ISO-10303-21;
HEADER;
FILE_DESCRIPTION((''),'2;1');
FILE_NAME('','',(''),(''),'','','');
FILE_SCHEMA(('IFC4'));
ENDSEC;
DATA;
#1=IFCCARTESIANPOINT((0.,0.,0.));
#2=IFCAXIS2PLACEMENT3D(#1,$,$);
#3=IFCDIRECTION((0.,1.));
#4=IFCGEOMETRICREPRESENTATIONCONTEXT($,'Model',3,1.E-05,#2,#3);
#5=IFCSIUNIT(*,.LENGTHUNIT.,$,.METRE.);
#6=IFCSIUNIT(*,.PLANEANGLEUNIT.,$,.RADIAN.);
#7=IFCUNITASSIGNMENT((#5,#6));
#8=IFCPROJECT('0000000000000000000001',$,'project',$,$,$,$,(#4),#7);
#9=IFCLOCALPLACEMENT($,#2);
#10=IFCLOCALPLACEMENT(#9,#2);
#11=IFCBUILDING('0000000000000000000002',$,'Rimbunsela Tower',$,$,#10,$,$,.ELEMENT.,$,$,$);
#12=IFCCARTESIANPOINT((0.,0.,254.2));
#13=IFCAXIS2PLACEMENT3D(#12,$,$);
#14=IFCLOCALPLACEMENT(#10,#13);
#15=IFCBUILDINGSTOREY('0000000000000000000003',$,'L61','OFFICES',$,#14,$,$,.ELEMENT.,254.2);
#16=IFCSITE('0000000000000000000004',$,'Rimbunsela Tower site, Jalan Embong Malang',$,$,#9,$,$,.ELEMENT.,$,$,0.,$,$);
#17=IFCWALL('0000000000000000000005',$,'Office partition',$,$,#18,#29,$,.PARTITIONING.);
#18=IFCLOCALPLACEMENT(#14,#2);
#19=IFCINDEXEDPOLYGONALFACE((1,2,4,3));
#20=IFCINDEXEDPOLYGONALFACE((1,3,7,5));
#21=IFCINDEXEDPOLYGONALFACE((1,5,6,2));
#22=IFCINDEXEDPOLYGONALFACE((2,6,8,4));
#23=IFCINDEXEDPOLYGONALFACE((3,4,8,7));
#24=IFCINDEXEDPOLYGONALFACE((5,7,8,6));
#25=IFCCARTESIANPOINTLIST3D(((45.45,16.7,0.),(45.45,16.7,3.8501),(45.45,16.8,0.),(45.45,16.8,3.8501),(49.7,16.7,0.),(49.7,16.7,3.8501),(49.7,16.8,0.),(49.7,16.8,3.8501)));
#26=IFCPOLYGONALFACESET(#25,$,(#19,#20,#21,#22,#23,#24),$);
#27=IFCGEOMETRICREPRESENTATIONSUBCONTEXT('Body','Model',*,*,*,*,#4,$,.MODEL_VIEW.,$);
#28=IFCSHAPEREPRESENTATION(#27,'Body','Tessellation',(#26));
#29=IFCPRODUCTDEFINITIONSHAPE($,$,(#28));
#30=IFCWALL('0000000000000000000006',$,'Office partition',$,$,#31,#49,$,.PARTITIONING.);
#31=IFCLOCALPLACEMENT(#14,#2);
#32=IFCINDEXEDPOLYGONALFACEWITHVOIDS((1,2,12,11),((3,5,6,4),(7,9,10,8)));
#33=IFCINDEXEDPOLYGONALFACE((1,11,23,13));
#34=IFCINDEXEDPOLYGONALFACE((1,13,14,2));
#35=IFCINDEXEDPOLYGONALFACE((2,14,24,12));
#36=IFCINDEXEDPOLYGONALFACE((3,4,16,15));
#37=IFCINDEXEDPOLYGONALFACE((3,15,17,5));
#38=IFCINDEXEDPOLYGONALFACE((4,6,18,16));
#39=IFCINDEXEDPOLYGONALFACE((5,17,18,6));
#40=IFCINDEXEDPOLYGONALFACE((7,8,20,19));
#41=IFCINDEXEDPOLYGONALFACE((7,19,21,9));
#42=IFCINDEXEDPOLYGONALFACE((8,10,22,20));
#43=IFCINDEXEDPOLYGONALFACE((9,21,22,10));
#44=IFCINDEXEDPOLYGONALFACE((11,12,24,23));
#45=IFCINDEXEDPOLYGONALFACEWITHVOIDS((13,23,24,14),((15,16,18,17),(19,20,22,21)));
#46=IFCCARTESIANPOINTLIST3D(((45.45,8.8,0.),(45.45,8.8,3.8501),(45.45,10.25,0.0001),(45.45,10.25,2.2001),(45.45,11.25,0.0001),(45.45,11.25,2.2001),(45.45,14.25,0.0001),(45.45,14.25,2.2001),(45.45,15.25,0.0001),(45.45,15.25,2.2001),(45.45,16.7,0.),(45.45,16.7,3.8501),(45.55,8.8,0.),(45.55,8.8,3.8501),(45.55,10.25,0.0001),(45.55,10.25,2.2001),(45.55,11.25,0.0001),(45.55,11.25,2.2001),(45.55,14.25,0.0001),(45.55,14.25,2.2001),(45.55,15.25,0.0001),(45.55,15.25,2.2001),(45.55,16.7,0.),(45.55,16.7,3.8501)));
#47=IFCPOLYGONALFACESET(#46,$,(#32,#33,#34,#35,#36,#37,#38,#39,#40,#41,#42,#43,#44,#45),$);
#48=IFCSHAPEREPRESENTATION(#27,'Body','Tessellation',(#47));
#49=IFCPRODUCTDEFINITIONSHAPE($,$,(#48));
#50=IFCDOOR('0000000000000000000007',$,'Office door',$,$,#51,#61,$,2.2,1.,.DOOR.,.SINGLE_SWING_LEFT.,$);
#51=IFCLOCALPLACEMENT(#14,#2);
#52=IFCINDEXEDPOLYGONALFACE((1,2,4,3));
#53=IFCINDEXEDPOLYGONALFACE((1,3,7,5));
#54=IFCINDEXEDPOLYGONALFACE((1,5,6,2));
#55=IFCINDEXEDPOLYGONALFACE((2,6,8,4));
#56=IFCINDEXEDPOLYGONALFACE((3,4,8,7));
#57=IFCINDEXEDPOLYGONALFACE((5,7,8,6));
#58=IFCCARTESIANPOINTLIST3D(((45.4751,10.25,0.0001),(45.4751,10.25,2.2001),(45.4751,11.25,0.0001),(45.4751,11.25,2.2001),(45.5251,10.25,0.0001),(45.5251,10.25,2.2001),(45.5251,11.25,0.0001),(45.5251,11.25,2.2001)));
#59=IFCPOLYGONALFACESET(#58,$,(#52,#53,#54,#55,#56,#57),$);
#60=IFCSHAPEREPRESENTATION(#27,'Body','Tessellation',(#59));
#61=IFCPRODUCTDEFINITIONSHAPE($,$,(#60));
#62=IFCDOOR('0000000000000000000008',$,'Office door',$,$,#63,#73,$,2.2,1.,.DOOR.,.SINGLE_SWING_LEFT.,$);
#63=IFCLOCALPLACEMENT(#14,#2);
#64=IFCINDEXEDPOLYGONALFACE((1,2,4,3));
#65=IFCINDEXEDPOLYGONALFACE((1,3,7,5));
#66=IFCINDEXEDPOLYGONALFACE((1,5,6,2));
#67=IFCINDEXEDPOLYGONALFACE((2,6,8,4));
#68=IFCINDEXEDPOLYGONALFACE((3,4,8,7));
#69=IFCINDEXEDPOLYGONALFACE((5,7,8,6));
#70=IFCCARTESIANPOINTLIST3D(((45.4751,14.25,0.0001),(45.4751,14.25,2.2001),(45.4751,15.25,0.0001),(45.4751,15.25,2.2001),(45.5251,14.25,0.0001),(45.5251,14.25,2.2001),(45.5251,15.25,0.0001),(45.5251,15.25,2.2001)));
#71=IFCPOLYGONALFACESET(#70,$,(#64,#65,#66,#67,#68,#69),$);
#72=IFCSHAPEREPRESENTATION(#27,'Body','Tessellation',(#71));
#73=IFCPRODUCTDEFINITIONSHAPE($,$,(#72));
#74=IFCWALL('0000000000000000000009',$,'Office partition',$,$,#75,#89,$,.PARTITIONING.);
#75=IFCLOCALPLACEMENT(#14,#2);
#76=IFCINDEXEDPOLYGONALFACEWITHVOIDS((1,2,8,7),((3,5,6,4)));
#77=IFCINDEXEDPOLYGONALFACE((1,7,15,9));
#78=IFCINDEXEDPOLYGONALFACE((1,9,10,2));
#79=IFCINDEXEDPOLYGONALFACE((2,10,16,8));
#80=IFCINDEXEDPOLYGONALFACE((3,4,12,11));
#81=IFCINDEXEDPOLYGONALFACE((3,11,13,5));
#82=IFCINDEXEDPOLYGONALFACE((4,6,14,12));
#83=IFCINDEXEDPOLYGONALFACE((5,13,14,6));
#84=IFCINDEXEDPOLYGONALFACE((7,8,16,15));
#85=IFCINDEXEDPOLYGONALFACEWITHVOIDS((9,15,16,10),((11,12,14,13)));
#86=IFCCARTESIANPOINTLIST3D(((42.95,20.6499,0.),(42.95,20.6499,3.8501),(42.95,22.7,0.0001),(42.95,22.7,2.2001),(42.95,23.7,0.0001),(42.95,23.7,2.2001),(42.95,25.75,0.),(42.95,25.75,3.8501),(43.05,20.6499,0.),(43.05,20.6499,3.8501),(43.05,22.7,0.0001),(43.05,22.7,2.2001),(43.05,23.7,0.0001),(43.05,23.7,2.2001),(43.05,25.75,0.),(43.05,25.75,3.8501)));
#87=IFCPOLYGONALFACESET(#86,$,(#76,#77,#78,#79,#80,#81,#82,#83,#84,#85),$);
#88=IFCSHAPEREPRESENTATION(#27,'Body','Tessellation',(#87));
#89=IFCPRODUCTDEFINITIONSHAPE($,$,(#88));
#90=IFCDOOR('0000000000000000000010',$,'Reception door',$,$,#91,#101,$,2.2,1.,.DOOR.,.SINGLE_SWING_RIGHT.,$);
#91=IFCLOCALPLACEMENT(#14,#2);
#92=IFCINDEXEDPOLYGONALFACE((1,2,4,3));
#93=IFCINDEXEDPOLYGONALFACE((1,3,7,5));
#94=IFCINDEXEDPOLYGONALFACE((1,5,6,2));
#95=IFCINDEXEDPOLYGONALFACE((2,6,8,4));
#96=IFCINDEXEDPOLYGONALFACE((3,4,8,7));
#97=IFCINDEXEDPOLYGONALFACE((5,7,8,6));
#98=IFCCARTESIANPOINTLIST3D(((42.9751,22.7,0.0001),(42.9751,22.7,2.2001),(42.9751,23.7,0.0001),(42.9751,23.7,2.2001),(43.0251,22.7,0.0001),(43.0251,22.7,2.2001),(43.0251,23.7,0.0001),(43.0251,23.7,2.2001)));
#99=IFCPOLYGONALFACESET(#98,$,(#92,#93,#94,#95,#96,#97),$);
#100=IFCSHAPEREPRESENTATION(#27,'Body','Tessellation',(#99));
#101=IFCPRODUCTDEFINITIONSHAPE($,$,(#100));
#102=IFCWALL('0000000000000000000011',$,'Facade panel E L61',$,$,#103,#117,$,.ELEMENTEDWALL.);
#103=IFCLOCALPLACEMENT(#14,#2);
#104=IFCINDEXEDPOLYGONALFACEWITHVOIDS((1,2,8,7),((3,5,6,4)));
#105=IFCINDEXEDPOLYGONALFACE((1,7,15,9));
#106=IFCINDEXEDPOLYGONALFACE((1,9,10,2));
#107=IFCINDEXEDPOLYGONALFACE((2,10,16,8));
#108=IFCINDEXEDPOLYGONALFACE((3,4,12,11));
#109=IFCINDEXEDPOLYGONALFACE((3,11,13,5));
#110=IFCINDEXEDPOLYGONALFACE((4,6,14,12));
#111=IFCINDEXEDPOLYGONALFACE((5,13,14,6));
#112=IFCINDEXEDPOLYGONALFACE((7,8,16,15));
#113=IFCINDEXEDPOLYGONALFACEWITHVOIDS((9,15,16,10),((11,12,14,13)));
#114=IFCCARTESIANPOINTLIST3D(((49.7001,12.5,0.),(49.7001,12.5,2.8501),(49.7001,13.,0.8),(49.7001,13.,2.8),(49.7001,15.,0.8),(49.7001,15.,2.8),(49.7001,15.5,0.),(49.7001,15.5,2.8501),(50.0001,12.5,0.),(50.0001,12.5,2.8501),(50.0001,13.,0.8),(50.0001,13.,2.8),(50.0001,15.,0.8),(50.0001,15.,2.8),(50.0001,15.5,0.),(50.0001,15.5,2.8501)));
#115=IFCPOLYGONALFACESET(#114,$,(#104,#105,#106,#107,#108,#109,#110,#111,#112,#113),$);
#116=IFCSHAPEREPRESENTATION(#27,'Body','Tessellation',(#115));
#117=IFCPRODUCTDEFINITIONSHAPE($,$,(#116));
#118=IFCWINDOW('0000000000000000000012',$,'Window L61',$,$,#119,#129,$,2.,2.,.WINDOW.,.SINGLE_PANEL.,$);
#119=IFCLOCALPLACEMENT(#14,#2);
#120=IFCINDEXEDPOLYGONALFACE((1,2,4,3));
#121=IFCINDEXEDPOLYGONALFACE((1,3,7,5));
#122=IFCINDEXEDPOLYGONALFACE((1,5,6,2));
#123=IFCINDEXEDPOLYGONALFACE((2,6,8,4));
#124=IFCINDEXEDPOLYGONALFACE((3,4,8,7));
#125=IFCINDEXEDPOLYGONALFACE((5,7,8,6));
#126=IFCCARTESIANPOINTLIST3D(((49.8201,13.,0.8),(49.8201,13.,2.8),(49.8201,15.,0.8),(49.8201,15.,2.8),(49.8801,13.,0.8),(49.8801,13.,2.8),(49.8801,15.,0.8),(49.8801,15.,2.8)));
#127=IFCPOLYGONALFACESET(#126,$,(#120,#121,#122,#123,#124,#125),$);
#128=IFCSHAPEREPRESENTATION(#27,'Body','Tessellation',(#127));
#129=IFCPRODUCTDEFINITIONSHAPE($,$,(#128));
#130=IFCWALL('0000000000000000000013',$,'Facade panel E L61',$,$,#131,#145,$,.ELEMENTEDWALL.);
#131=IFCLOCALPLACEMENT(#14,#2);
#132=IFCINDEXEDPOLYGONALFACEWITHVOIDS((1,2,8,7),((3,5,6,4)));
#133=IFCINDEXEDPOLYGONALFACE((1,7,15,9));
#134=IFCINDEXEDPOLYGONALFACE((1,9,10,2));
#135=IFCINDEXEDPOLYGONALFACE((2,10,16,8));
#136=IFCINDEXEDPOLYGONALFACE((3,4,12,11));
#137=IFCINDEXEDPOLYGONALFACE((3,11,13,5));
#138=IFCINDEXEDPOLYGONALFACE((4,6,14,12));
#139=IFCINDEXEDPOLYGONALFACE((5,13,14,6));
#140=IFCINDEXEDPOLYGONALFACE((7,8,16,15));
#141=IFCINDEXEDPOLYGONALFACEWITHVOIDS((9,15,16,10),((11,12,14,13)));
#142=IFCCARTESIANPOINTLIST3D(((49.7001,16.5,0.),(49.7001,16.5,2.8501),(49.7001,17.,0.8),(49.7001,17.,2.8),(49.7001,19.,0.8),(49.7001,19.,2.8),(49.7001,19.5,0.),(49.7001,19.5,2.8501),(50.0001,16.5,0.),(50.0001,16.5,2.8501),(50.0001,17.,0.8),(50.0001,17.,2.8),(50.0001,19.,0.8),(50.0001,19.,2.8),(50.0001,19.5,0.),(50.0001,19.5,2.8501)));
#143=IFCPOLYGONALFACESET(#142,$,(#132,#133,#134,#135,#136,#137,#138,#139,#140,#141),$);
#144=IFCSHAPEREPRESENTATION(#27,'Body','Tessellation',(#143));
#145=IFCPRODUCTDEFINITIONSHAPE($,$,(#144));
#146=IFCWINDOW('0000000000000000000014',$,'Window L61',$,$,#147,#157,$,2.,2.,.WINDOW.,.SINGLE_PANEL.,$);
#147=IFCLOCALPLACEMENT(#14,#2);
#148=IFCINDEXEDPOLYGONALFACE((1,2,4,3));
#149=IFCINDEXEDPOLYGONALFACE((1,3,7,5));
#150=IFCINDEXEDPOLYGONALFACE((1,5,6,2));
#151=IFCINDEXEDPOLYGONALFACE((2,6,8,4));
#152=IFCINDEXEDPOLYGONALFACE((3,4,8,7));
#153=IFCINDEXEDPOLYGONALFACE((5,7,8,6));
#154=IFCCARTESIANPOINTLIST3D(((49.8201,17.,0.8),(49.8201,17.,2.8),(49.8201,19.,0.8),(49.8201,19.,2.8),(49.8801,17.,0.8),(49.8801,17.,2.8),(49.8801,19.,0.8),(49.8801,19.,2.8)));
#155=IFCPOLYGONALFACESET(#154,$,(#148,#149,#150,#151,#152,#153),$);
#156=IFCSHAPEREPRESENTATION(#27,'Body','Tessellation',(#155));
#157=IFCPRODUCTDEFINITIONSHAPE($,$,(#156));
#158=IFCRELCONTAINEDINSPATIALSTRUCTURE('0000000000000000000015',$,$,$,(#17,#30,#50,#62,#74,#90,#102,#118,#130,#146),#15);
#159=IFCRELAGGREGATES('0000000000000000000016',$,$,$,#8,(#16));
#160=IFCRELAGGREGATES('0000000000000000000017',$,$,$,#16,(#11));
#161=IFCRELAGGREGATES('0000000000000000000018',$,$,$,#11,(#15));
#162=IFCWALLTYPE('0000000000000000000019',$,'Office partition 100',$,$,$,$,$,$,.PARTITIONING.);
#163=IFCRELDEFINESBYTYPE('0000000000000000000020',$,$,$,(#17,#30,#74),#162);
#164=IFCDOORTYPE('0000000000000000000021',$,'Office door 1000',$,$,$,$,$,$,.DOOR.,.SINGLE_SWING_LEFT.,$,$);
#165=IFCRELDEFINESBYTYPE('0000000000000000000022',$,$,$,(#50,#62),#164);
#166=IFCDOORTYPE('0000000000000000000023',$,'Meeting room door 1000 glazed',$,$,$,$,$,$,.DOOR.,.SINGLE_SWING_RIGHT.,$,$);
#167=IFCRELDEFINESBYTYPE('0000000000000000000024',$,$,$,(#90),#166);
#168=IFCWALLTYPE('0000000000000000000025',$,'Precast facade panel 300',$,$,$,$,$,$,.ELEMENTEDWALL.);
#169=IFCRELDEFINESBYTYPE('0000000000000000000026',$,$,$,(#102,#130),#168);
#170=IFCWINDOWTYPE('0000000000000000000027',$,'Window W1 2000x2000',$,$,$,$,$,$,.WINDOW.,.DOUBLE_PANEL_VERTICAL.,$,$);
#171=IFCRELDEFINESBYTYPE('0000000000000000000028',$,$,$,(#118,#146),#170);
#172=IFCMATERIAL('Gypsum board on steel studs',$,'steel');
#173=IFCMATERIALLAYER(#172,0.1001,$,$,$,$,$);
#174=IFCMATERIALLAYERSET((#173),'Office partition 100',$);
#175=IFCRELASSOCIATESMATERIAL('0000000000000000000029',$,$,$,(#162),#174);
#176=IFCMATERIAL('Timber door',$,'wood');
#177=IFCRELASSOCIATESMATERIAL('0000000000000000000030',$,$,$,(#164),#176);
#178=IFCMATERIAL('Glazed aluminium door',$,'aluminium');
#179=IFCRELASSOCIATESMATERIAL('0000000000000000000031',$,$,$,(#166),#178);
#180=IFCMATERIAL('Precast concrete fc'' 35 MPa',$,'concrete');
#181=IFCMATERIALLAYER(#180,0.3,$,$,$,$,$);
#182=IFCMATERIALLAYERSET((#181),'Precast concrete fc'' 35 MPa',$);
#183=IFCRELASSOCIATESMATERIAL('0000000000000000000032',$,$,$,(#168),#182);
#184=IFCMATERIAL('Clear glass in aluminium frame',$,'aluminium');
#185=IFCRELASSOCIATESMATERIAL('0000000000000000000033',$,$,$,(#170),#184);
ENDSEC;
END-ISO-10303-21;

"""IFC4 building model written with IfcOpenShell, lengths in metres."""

from ifc_helpers import new_model, si_unit, direction, frame, frame_2d, origin, place, context, subcontext, project, spatial, rectangle, extrude, material, layer, layer_set, type_object, element, fill, save


model = new_model("IFC4")

# Units and contexts
model_context = context("Model", 3, precision=1e-05, world=origin(), true_north=direction((0.0, 1.0)))
body_context = subcontext(model_context, "Body", "Model", "MODEL_VIEW")
ifc_project = project(units=[si_unit("LENGTHUNIT", "METRE"), si_unit("PLANEANGLEUNIT", "RADIAN")], contexts=[model_context])

# Site, building, storey
site_placement = place(None, origin())
site = spatial("IfcSite", under=ifc_project, at=site_placement, Name="Rimbunsela Tower site, Jalan Embong Malang", CompositionType="ELEMENT", RefElevation=0.0)
building_placement = place(site_placement, origin())
building = spatial("IfcBuilding", under=site, at=building_placement, Name="Rimbunsela Tower", CompositionType="ELEMENT")
storey_placement = place(building_placement, frame((0.0, 0.0, 254.2)))
storey = spatial("IfcBuildingStorey", under=building, at=storey_placement, Name="L61", Description="OFFICES", CompositionType="ELEMENT", Elevation=254.2)

# Wall
ifc_material_1 = material(Name="Gypsum board on steel studs", Category="steel")
ifc_layer_1 = layer(ifc_material_1, 0.1001)
ifc_layer_set_1 = layer_set([ifc_layer_1], Name="Office partition 100")
wall_type_1 = type_object("IfcWallType", Name="Office partition 100", PredefinedType="PARTITIONING", material=ifc_layer_set_1)
wall_1_placement = place(storey_placement, frame((45.45, 16.75, 0.0), z_axis=(0.0, 0.0, 1.0), x_axis=(1.0, 0.0, 0.0)))
element("IfcWall", 1, at=wall_1_placement, inside=storey, type_object=wall_type_1, Name="Office partition", PredefinedType="PARTITIONING", context=body_context, shape_type="SweptSolid", body=[
    extrude(rectangle(XDim=4.25, YDim=0.1001, at=frame_2d((2.125, 0.0))), origin(), (0.0, 0.0, 1.0), 3.8501),
])

# Wall, openings, doors
wall_2_placement = place(storey_placement, frame((45.5, 8.8, 0.0), z_axis=(0.0, 0.0, 1.0), x_axis=(0.0, 1.0, 0.0)))
wall_2 = element("IfcWall", 2, at=wall_2_placement, inside=storey, type_object=wall_type_1, Name="Office partition", PredefinedType="PARTITIONING", context=body_context, shape_type="SweptSolid", body=[
    extrude(rectangle(XDim=7.8999, YDim=0.1001, at=frame_2d((3.95, 0.0))), origin(), (0.0, 0.0, 1.0), 3.8501),
])
opening_1_placement = place(wall_2_placement, frame((1.45, 0.0, 0.0)))
opening_1 = element("IfcOpeningElement", 3, at=opening_1_placement, cuts=wall_2, PredefinedType="OPENING", context=body_context, shape_type="SweptSolid", body=[
    extrude(rectangle(XDim=1.0, YDim=2.2, at=frame_2d((0.5, 1.1001))), frame((0.0, 0.0601, 0.0), z_axis=(0.0, -1.0, 0.0), x_axis=(1.0, 0.0, 0.0)), (0.0, 0.0, 1.0), 0.1201),
])
opening_2_placement = place(wall_2_placement, frame((5.45, 0.0, 0.0)))
opening_2 = element("IfcOpeningElement", 4, at=opening_2_placement, cuts=wall_2, PredefinedType="OPENING", context=body_context, shape_type="SweptSolid", body=[
    extrude(rectangle(XDim=1.0, YDim=2.2, at=frame_2d((0.5, 1.1001))), frame((0.0, 0.0601, 0.0), z_axis=(0.0, -1.0, 0.0), x_axis=(1.0, 0.0, 0.0)), (0.0, 0.0, 1.0), 0.1201),
])
ifc_material_2 = material(Name="Timber door", Category="wood")
door_type_1 = type_object("IfcDoorType", Name="Office door 1000", OperationType="SINGLE_SWING_LEFT", PredefinedType="DOOR", material=ifc_material_2)
door_1_placement = place(opening_1_placement, origin())
door_1 = element("IfcDoor", 5, at=door_1_placement, inside=storey, type_object=door_type_1, Name="Office door", OperationType="SINGLE_SWING_LEFT", OverallHeight=2.2, OverallWidth=1.0, PredefinedType="DOOR", context=body_context, shape_type="SweptSolid", body=[
    extrude(rectangle(XDim=1.0, YDim=2.2, at=frame_2d((0.5, 1.1001))), frame((0.0, 0.0249, 0.0), z_axis=(0.0, -1.0, 0.0), x_axis=(1.0, 0.0, 0.0)), (0.0, 0.0, 1.0), 0.05),
])
fill(opening_1, door_1)
door_2_placement = place(opening_2_placement, origin())
door_2 = element("IfcDoor", 6, at=door_2_placement, inside=storey, type_object=door_type_1, Name="Office door", OperationType="SINGLE_SWING_LEFT", OverallHeight=2.2, OverallWidth=1.0, PredefinedType="DOOR", context=body_context, shape_type="SweptSolid", body=[
    extrude(rectangle(XDim=1.0, YDim=2.2, at=frame_2d((0.5, 1.1001))), frame((0.0, 0.0249, 0.0), z_axis=(0.0, -1.0, 0.0), x_axis=(1.0, 0.0, 0.0)), (0.0, 0.0, 1.0), 0.05),
])
fill(opening_2, door_2)

# Wall, opening, door
wall_3_placement = place(storey_placement, frame((43.0, 20.6499, 0.0), z_axis=(0.0, 0.0, 1.0), x_axis=(0.0, 1.0, 0.0)))
wall_3 = element("IfcWall", 7, at=wall_3_placement, inside=storey, type_object=wall_type_1, Name="Office partition", PredefinedType="PARTITIONING", context=body_context, shape_type="SweptSolid", body=[
    extrude(rectangle(XDim=5.1001, YDim=0.1001, at=frame_2d((2.55, 0.0))), origin(), (0.0, 0.0, 1.0), 3.8501),
])
opening_3_placement = place(wall_3_placement, frame((2.05, 0.0, 0.0)))
opening_3 = element("IfcOpeningElement", 8, at=opening_3_placement, cuts=wall_3, PredefinedType="OPENING", context=body_context, shape_type="SweptSolid", body=[
    extrude(rectangle(XDim=1.0, YDim=2.2, at=frame_2d((0.5, 1.1001))), frame((0.0, 0.0601, 0.0), z_axis=(0.0, -1.0, 0.0), x_axis=(1.0, 0.0, 0.0)), (0.0, 0.0, 1.0), 0.1201),
])
ifc_material_3 = material(Name="Glazed aluminium door", Category="aluminium")
door_type_2 = type_object("IfcDoorType", Name="Meeting room door 1000 glazed", OperationType="SINGLE_SWING_RIGHT", PredefinedType="DOOR", material=ifc_material_3)
door_3_placement = place(opening_3_placement, origin())
door_3 = element("IfcDoor", 9, at=door_3_placement, inside=storey, type_object=door_type_2, Name="Reception door", OperationType="SINGLE_SWING_RIGHT", OverallHeight=2.2, OverallWidth=1.0, PredefinedType="DOOR", context=body_context, shape_type="SweptSolid", body=[
    extrude(rectangle(XDim=1.0, YDim=2.2, at=frame_2d((0.5, 1.1001))), frame((0.0, 0.0249, 0.0), z_axis=(0.0, -1.0, 0.0), x_axis=(1.0, 0.0, 0.0)), (0.0, 0.0, 1.0), 0.05),
])
fill(opening_3, door_3)

# Walls, openings, windows
ifc_material_4 = material(Name="Precast concrete fc' 35 MPa", Category="concrete")
ifc_layer_2 = layer(ifc_material_4, 0.3)
ifc_layer_set_2 = layer_set([ifc_layer_2], Name="Precast concrete fc' 35 MPa")
wall_type_2 = type_object("IfcWallType", Name="Precast facade panel 300", PredefinedType="ELEMENTEDWALL", material=ifc_layer_set_2)
wall_4_placement = place(storey_placement, frame((49.8501, 12.5, 0.0), z_axis=(0.0, 0.0, 1.0), x_axis=(0.0, 1.0, 0.0)))
wall_4 = element("IfcWall", 10, at=wall_4_placement, inside=storey, type_object=wall_type_2, Name="Facade panel E L61", PredefinedType="ELEMENTEDWALL", context=body_context, shape_type="SweptSolid", body=[
    extrude(rectangle(XDim=3.0, YDim=0.3, at=frame_2d((1.5, 0.0))), origin(), (0.0, 0.0, 1.0), 2.8501),
])
opening_4_placement = place(wall_4_placement, frame((0.5, 0.0, 0.8)))
opening_4 = element("IfcOpeningElement", 11, at=opening_4_placement, cuts=wall_4, PredefinedType="OPENING", context=body_context, shape_type="SweptSolid", body=[
    extrude(rectangle(XDim=2.0, YDim=2.0, at=frame_2d((1.0, 1.0))), frame((0.0, 0.1599, 0.0), z_axis=(0.0, -1.0, 0.0), x_axis=(1.0, 0.0, 0.0)), (0.0, 0.0, 1.0), 0.3201),
])
ifc_material_5 = material(Name="Clear glass in aluminium frame", Category="aluminium")
window_type = type_object("IfcWindowType", Name="Window W1 2000x2000", PartitioningType="DOUBLE_PANEL_VERTICAL", PredefinedType="WINDOW", material=ifc_material_5)
window_1_placement = place(opening_4_placement, origin())
window_1 = element("IfcWindow", 12, at=window_1_placement, inside=storey, type_object=window_type, Name="Window L61", OverallHeight=2.0, OverallWidth=2.0, PartitioningType="SINGLE_PANEL", PredefinedType="WINDOW", context=body_context, shape_type="SweptSolid", body=[
    extrude(rectangle(XDim=2.0, YDim=2.0, at=frame_2d((1.0, 1.0))), frame((0.0, 0.03, 0.0), z_axis=(0.0, -1.0, 0.0), x_axis=(1.0, 0.0, 0.0)), (0.0, 0.0, 1.0), 0.0601),
])
fill(opening_4, window_1)
wall_5_placement = place(storey_placement, frame((49.8501, 16.5, 0.0), z_axis=(0.0, 0.0, 1.0), x_axis=(0.0, 1.0, 0.0)))
wall_5 = element("IfcWall", 13, at=wall_5_placement, inside=storey, type_object=wall_type_2, Name="Facade panel E L61", PredefinedType="ELEMENTEDWALL", context=body_context, shape_type="SweptSolid", body=[
    extrude(rectangle(XDim=3.0, YDim=0.3, at=frame_2d((1.5, 0.0))), origin(), (0.0, 0.0, 1.0), 2.8501),
])
opening_5_placement = place(wall_5_placement, frame((0.5, 0.0, 0.8)))
opening_5 = element("IfcOpeningElement", 14, at=opening_5_placement, cuts=wall_5, PredefinedType="OPENING", context=body_context, shape_type="SweptSolid", body=[
    extrude(rectangle(XDim=2.0, YDim=2.0, at=frame_2d((1.0, 1.0))), frame((0.0, 0.1599, 0.0), z_axis=(0.0, -1.0, 0.0), x_axis=(1.0, 0.0, 0.0)), (0.0, 0.0, 1.0), 0.3201),
])
window_2_placement = place(opening_5_placement, origin())
window_2 = element("IfcWindow", 15, at=window_2_placement, inside=storey, type_object=window_type, Name="Window L61", OverallHeight=2.0, OverallWidth=2.0, PartitioningType="SINGLE_PANEL", PredefinedType="WINDOW", context=body_context, shape_type="SweptSolid", body=[
    extrude(rectangle(XDim=2.0, YDim=2.0, at=frame_2d((1.0, 1.0))), frame((0.0, 0.03, 0.0), z_axis=(0.0, -1.0, 0.0), x_axis=(1.0, 0.0, 0.0)), (0.0, 0.0, 1.0), 0.0601),
])
fill(opening_5, window_2)

save(model, "model.ifc")
